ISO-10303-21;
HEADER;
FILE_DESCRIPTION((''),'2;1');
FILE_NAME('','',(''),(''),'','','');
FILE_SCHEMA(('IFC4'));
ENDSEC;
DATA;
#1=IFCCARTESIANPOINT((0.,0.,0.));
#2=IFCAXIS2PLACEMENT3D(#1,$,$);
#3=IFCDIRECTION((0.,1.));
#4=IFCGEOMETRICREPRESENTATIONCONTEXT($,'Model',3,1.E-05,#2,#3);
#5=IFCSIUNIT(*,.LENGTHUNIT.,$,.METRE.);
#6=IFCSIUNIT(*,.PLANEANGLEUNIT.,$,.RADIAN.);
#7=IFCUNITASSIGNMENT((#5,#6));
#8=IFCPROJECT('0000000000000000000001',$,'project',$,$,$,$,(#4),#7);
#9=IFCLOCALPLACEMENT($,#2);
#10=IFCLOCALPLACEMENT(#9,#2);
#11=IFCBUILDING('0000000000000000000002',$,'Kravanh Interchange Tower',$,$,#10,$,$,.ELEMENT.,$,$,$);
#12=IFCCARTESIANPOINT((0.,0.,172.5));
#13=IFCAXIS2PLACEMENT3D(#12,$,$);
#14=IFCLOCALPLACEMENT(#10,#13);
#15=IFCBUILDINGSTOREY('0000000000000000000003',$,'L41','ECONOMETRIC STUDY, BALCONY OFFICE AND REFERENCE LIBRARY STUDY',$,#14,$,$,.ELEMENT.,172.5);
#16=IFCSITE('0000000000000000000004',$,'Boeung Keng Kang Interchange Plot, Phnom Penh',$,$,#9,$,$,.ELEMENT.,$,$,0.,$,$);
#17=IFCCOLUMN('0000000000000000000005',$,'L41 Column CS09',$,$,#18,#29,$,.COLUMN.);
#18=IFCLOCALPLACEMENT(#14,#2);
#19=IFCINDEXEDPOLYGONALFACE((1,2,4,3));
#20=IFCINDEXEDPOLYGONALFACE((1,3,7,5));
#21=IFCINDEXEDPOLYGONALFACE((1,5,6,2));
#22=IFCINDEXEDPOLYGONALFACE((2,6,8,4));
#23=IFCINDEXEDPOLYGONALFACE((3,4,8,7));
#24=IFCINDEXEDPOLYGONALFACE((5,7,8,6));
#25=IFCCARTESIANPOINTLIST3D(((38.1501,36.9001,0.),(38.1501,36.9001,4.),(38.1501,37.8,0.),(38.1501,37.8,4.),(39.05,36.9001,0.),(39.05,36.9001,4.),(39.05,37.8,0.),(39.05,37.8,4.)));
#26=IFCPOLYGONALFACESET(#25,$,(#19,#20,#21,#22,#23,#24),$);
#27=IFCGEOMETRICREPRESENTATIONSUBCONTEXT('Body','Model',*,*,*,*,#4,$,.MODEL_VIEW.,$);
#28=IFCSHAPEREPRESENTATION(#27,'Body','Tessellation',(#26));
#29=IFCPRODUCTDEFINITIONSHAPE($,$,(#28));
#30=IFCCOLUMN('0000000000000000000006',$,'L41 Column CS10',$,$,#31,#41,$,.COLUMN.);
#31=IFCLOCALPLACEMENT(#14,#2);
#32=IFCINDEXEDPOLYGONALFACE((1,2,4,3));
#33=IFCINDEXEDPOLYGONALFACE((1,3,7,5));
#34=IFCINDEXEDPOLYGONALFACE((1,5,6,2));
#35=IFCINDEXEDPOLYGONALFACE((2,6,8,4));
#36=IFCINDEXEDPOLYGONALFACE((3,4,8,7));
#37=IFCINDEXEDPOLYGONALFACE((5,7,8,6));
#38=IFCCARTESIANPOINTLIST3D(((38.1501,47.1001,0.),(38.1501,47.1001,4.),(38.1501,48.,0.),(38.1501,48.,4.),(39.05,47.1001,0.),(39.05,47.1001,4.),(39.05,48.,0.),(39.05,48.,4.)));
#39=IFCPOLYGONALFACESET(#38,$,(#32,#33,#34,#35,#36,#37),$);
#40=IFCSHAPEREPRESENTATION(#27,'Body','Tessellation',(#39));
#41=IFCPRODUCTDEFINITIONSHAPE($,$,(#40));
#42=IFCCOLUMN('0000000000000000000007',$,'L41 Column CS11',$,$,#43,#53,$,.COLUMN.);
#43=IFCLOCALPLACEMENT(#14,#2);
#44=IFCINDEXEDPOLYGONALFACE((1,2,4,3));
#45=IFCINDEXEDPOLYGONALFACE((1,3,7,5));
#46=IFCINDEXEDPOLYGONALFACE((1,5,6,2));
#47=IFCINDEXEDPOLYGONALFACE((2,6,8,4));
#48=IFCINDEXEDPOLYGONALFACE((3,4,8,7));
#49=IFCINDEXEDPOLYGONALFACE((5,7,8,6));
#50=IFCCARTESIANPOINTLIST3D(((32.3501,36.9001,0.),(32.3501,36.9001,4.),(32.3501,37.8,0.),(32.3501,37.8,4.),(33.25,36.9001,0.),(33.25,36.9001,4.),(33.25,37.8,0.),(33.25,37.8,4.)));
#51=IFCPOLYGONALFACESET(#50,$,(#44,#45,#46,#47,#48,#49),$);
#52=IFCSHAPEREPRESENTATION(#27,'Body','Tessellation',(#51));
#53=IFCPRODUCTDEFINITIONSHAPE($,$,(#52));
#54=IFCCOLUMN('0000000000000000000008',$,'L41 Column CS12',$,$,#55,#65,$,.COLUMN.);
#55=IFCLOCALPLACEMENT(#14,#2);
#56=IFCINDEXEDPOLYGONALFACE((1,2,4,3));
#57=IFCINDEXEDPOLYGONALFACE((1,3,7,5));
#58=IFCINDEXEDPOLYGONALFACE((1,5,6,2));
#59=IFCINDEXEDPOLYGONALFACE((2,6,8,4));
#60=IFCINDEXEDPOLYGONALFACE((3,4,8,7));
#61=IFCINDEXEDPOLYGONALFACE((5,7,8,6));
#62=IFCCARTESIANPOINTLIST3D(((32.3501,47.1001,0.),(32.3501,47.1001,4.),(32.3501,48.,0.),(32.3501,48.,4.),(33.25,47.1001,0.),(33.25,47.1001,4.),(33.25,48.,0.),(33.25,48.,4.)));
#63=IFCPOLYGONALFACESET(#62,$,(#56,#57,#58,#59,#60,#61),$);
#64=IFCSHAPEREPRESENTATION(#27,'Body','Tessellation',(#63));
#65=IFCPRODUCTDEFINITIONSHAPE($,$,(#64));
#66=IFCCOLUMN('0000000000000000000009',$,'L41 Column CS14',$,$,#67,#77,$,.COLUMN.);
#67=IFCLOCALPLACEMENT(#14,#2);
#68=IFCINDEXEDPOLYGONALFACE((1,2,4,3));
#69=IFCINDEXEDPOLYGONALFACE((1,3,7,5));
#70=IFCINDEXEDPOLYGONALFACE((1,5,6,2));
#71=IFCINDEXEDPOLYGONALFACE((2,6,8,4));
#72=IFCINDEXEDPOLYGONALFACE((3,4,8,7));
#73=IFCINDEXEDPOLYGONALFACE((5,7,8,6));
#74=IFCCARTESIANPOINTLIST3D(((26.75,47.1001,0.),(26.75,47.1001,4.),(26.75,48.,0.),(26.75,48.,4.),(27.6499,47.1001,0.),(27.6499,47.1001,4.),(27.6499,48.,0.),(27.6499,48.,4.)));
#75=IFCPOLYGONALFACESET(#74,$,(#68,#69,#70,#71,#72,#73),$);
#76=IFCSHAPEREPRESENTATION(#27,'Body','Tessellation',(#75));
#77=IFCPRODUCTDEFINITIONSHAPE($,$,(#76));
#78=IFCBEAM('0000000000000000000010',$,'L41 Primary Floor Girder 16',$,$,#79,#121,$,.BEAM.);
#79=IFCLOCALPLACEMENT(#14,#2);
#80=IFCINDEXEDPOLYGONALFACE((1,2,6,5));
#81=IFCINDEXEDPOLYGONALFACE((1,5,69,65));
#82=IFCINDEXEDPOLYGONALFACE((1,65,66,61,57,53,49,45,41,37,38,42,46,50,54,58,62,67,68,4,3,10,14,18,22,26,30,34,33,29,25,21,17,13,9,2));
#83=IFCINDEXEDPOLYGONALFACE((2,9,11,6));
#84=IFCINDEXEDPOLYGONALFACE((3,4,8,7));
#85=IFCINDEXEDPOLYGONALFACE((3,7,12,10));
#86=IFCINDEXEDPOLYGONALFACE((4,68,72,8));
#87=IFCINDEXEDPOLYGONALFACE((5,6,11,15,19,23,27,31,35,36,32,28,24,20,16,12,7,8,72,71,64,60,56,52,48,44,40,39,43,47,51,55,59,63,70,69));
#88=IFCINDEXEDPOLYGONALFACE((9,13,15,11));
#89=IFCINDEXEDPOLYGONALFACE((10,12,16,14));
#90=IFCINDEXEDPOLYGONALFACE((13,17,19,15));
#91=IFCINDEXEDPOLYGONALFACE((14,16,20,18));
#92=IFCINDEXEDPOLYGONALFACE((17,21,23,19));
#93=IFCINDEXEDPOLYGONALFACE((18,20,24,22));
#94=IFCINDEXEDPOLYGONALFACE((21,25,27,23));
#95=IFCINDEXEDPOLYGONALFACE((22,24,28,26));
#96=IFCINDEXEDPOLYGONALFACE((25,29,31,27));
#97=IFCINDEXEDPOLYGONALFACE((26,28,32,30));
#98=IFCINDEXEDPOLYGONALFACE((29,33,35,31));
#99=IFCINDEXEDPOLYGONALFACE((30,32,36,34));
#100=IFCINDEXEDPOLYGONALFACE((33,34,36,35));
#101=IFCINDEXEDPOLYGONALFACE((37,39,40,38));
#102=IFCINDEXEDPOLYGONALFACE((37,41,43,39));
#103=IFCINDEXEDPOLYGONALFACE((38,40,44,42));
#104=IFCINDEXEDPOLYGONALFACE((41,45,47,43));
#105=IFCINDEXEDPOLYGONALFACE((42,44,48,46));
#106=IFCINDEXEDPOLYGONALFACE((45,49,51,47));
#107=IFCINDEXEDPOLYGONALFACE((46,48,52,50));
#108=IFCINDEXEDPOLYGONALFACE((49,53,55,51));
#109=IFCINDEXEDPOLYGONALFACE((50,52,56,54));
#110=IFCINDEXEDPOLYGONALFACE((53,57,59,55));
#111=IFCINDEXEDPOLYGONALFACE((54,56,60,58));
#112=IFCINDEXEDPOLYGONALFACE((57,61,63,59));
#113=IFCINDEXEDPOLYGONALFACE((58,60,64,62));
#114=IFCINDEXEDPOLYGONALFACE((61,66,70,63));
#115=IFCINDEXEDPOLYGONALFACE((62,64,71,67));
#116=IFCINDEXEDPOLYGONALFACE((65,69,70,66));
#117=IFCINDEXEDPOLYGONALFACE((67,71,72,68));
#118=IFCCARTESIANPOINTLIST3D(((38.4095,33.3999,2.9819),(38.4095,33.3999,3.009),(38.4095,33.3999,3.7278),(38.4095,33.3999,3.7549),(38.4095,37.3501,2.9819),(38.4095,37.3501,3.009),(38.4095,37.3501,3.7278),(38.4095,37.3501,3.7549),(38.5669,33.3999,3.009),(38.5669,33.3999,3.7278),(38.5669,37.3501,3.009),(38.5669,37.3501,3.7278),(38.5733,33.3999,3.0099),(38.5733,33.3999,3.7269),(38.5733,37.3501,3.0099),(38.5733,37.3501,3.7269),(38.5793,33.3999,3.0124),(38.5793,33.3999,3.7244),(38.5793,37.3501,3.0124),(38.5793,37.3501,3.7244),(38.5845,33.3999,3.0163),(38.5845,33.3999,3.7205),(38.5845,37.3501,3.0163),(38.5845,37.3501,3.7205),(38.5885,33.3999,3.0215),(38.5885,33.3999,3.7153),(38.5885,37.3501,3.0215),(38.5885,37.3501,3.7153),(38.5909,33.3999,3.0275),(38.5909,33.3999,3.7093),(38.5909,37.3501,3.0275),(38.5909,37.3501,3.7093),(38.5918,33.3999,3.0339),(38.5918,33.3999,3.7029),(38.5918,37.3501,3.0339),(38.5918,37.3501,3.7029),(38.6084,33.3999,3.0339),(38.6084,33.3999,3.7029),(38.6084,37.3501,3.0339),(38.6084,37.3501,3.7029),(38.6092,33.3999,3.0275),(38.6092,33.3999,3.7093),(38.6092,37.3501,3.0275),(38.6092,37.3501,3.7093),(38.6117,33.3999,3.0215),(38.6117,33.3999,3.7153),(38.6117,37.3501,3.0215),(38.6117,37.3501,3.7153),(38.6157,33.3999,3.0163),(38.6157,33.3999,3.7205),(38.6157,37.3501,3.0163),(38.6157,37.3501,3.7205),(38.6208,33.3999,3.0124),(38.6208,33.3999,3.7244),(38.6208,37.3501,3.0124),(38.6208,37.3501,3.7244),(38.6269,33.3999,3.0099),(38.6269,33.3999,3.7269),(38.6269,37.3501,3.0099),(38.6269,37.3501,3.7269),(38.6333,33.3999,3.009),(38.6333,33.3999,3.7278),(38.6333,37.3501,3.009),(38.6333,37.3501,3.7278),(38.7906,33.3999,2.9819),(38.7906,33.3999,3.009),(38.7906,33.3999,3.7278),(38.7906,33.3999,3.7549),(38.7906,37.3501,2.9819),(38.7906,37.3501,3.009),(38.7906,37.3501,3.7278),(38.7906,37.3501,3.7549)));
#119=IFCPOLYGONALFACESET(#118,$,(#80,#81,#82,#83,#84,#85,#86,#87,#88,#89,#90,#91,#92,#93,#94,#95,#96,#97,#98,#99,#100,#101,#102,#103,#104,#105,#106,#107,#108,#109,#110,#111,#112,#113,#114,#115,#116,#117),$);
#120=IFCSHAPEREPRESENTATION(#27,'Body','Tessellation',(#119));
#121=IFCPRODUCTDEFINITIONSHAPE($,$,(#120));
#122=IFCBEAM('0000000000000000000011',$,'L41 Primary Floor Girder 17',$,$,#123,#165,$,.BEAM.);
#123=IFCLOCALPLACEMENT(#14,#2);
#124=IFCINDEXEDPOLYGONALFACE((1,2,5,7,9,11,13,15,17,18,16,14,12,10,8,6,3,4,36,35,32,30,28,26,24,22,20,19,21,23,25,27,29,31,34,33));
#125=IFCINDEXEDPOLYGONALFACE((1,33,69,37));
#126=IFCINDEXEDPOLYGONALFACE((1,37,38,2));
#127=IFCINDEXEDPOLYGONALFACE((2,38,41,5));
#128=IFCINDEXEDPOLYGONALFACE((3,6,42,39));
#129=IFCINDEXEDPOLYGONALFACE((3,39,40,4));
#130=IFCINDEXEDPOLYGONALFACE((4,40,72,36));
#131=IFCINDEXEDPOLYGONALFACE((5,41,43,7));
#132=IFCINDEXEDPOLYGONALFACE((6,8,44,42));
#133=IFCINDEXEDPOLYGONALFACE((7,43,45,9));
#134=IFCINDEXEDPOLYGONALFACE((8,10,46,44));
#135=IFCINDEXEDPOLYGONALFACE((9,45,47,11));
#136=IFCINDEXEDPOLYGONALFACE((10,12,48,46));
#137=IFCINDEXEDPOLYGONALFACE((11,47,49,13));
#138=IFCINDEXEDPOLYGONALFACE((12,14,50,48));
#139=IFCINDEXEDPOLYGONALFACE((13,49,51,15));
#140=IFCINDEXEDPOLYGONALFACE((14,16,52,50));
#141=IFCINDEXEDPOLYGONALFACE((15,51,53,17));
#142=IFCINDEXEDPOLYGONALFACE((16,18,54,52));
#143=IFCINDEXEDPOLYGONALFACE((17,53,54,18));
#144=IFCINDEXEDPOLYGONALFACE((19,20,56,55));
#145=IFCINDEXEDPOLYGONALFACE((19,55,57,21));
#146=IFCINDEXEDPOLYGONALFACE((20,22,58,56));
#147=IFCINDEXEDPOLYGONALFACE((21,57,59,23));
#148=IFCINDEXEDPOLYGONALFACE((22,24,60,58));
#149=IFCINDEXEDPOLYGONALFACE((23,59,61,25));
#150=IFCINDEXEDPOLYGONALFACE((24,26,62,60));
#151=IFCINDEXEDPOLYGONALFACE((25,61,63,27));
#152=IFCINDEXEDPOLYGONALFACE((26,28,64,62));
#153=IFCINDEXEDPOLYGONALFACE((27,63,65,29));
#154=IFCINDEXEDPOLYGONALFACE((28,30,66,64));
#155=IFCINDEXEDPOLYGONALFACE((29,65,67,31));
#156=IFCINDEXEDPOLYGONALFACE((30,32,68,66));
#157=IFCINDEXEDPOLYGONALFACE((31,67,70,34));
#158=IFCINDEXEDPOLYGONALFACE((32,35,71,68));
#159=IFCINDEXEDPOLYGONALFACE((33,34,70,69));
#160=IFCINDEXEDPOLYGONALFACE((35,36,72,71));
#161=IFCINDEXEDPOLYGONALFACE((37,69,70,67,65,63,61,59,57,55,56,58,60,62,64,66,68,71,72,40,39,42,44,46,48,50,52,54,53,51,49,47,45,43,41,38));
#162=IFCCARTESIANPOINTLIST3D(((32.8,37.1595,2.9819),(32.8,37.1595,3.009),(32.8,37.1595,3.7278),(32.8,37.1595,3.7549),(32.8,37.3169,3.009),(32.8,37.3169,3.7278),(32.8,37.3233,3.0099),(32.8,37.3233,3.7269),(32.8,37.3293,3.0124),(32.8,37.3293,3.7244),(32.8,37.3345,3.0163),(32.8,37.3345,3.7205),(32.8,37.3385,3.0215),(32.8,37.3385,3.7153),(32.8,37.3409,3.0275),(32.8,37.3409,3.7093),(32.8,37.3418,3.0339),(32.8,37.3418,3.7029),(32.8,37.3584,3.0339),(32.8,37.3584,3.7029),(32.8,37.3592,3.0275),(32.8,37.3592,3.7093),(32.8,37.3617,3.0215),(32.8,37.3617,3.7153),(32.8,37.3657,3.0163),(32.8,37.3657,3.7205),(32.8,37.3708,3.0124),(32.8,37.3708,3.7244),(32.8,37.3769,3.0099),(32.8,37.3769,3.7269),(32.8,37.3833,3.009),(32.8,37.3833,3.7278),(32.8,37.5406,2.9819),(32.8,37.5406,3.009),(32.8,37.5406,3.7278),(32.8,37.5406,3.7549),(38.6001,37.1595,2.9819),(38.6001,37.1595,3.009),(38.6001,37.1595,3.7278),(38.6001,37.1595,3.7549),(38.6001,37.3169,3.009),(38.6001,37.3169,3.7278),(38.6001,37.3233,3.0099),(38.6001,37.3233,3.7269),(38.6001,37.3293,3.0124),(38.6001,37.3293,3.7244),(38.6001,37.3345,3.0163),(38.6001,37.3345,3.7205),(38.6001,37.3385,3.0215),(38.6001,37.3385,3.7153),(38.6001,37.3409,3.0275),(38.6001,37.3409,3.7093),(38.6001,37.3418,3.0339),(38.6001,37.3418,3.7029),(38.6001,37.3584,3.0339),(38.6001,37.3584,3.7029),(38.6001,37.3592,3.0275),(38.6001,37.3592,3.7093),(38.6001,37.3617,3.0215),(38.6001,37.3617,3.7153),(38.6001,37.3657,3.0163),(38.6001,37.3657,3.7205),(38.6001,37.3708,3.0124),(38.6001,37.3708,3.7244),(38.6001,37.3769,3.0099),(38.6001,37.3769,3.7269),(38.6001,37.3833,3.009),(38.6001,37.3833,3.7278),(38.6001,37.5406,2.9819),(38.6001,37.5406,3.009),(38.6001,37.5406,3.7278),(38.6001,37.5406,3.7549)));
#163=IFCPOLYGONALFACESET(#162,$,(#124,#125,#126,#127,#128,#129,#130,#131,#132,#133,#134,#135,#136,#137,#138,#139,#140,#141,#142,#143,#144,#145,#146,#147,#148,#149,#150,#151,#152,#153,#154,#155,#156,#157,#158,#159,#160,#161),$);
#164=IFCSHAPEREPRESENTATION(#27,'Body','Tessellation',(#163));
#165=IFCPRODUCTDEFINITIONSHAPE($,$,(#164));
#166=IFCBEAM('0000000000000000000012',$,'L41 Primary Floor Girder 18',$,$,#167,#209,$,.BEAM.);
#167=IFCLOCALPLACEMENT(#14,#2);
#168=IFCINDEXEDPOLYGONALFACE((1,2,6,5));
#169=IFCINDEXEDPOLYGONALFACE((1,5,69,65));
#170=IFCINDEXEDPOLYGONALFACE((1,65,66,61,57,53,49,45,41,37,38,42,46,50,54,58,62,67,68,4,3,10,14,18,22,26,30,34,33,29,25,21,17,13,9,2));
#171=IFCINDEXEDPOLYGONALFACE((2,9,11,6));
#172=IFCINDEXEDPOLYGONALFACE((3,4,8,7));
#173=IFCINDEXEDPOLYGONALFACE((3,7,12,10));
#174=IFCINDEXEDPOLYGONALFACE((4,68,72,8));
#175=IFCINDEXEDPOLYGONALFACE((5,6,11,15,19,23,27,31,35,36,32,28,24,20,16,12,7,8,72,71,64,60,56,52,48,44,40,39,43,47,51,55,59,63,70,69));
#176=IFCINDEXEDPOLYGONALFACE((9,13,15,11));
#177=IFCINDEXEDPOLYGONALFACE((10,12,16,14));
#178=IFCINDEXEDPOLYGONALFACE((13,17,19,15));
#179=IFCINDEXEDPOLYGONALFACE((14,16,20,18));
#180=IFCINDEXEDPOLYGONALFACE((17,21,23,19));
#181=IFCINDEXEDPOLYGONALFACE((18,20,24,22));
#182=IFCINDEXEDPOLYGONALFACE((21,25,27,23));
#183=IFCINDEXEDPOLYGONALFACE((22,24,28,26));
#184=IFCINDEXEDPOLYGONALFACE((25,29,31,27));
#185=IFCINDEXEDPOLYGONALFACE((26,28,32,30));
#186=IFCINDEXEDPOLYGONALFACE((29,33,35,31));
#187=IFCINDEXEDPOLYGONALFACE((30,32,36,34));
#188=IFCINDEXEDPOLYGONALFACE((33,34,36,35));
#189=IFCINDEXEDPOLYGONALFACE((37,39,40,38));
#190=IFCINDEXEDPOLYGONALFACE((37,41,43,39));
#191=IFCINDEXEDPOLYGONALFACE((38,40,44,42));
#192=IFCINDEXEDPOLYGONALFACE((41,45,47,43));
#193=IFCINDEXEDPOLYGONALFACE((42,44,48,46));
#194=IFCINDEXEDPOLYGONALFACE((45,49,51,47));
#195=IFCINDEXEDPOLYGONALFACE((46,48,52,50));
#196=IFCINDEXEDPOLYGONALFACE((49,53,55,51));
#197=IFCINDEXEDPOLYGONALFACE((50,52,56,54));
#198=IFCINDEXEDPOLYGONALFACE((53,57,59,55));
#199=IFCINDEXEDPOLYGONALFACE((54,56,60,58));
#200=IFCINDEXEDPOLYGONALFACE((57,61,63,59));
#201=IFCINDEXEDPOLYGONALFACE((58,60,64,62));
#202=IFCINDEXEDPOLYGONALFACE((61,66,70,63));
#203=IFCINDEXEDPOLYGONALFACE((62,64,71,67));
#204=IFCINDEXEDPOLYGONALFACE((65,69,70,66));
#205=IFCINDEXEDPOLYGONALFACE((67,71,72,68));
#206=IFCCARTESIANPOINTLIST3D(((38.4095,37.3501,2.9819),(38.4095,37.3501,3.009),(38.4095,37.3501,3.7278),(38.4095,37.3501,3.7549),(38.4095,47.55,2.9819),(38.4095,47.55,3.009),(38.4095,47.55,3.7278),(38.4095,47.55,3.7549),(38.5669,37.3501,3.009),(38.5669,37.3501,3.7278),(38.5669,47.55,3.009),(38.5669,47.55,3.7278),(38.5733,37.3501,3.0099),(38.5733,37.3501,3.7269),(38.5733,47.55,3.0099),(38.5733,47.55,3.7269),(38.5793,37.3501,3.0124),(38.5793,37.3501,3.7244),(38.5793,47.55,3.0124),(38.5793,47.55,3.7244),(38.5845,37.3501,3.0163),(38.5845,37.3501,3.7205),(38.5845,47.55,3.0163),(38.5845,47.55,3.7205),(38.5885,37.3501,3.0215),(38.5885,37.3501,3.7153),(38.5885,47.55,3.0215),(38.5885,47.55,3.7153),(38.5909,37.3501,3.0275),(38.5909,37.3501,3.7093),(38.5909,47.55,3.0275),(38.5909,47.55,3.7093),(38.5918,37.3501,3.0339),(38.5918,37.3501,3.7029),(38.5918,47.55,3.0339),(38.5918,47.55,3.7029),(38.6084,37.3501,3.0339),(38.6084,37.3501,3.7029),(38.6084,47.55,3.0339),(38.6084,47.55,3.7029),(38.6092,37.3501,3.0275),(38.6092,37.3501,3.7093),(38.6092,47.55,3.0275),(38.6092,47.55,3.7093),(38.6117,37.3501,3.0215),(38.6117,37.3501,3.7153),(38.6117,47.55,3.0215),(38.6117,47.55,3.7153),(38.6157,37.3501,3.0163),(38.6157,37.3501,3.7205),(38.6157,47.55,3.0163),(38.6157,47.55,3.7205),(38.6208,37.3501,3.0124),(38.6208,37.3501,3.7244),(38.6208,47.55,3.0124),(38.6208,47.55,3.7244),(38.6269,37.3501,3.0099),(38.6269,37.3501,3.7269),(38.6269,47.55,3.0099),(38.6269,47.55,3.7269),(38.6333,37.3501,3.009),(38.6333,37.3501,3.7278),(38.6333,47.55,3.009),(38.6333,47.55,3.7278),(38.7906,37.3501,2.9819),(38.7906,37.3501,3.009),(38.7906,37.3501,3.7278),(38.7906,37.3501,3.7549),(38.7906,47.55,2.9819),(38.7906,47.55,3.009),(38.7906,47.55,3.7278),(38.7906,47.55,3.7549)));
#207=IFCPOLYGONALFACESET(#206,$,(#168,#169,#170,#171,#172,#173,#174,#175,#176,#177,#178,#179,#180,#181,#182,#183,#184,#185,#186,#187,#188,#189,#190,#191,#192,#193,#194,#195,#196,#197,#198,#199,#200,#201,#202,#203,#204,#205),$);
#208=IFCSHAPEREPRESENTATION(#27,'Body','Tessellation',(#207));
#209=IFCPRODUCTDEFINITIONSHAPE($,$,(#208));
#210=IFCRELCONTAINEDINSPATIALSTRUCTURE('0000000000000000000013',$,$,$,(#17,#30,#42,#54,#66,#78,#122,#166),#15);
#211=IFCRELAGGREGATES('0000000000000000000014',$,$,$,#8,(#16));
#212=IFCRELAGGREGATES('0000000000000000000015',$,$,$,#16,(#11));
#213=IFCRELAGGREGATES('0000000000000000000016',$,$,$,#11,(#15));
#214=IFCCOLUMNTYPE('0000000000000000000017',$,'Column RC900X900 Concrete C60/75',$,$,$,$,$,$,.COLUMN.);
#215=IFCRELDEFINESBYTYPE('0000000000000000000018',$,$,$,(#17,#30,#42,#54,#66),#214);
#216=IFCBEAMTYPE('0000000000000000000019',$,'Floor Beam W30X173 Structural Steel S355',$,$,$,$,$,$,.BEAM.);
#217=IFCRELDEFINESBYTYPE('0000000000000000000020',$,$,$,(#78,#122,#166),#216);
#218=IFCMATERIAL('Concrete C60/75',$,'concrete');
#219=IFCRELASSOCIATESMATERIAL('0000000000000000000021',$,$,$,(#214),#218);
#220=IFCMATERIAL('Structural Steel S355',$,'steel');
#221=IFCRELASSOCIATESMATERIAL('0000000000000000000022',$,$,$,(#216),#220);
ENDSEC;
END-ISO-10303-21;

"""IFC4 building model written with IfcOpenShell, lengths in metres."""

from ifc_helpers import new_model, si_unit, direction, frame, origin, origin_2d, place, context, subcontext, project, spatial, rectangle, i_section, extrude, material, material_profile, profile_set, type_object, element, save


model = new_model("IFC4")

# Units and contexts
model_context = context("Model", 3, precision=1e-05, world=origin(), true_north=direction((0.0, 1.0)))
body_context = subcontext(model_context, "Body", "Model", "MODEL_VIEW")
ifc_project = project(units=[si_unit("LENGTHUNIT", "METRE"), si_unit("PLANEANGLEUNIT", "RADIAN")], contexts=[model_context])

# Site, building, storey
site_placement = place(None, origin())
site = spatial("IfcSite", under=ifc_project, at=site_placement, Name="Boeung Keng Kang Interchange Plot, Phnom Penh", CompositionType="ELEMENT", RefElevation=0.0)
building_placement = place(site_placement, origin())
building = spatial("IfcBuilding", under=site, at=building_placement, Name="Kravanh Interchange Tower", CompositionType="ELEMENT")
storey_placement = place(building_placement, frame((0.0, 0.0, 172.5)))
storey = spatial("IfcBuildingStorey", under=building, at=storey_placement, Name="L41", Description="ECONOMETRIC STUDY, BALCONY OFFICE AND REFERENCE LIBRARY STUDY", CompositionType="ELEMENT", Elevation=172.5)

# Columns
ifc_material_1 = material(Name="Concrete C60/75", Category="concrete")
ifc_material_profile_1 = material_profile(ifc_material_1, rectangle(XDim=0.8999, YDim=0.8999, at=origin_2d()), Name="RC900X900")
ifc_profile_set_1 = profile_set([ifc_material_profile_1], Name="Concrete C60/75")
column_type = type_object("IfcColumnType", Name="Column RC900X900 Concrete C60/75", PredefinedType="COLUMN", material=ifc_profile_set_1)
for number, where, z_axis, x_axis, name in (
    (1, (38.6001, 37.3501, 0.0), (0.0, 0.0, 1.0), (1.0, 0.0, 0.0), "L41 Column CS09"),
    (2, (38.6001, 47.55, 0.0), (0.0, 0.0, 1.0), (1.0, 0.0, 0.0), "L41 Column CS10"),
    (3, (32.8, 37.3501, 0.0), (0.0, 0.0, 1.0), (1.0, 0.0, 0.0), "L41 Column CS11"),
    (4, (32.8, 47.55, 0.0), (0.0, 0.0, 1.0), (1.0, 0.0, 0.0), "L41 Column CS12"),
    (5, (27.2, 47.55, 0.0), (0.0, 0.0, 1.0), (1.0, 0.0, 0.0), "L41 Column CS14"),
):
    element("IfcColumn", number, at=place(storey_placement, frame(where, z_axis=z_axis, x_axis=x_axis)), inside=storey, type_object=column_type, Name=name, PredefinedType="COLUMN", context=body_context, shape_type="SweptSolid", body=[
        extrude(rectangle(XDim=0.8999, YDim=0.8999, at=origin_2d()), origin(), (0.0, 0.0, 1.0), 4.0),
    ])

# Beams
ifc_material_2 = material(Name="Structural Steel S355", Category="steel")
ifc_material_profile_2 = material_profile(ifc_material_2, i_section(OverallWidth=0.3811, OverallDepth=0.7729, WebThickness=0.0166, FlangeThickness=0.0271, FilletRadius=0.0249, at=origin_2d()), Name="W30X173")
ifc_profile_set_2 = profile_set([ifc_material_profile_2], Name="Structural Steel S355")
beam_type = type_object("IfcBeamType", Name="Floor Beam W30X173 Structural Steel S355", PredefinedType="BEAM", material=ifc_profile_set_2)
beam_1_placement = place(storey_placement, frame((38.6001, 37.3501, 3.3684), z_axis=(0.0, -1.0, 0.0), x_axis=(1.0, 0.0, 0.0)))
element("IfcBeam", 6, at=beam_1_placement, inside=storey, type_object=beam_type, Name="L41 Primary Floor Girder 16", PredefinedType="BEAM", context=body_context, shape_type="SweptSolid", body=[
    extrude(i_section(OverallWidth=0.3811, OverallDepth=0.7729, WebThickness=0.0166, FlangeThickness=0.0271, FilletRadius=0.0249, at=origin_2d()), origin(), (0.0, 0.0, 1.0), 3.9502),
])
beam_2_placement = place(storey_placement, frame((38.6001, 37.3501, 3.3684), z_axis=(-1.0, 0.0, 0.0), x_axis=(0.0, -1.0, 0.0)))
element("IfcBeam", 7, at=beam_2_placement, inside=storey, type_object=beam_type, Name="L41 Primary Floor Girder 17", PredefinedType="BEAM", context=body_context, shape_type="SweptSolid", body=[
    extrude(i_section(OverallWidth=0.3811, OverallDepth=0.7729, WebThickness=0.0166, FlangeThickness=0.0271, FilletRadius=0.0249, at=origin_2d()), origin(), (0.0, 0.0, 1.0), 5.8),
])
beam_3_placement = place(storey_placement, frame((38.6001, 37.3501, 3.3684), z_axis=(0.0, 1.0, 0.0), x_axis=(-1.0, 0.0, 0.0)))
element("IfcBeam", 8, at=beam_3_placement, inside=storey, type_object=beam_type, Name="L41 Primary Floor Girder 18", PredefinedType="BEAM", context=body_context, shape_type="SweptSolid", body=[
    extrude(i_section(OverallWidth=0.3811, OverallDepth=0.7729, WebThickness=0.0166, FlangeThickness=0.0271, FilletRadius=0.0249, at=origin_2d()), origin(), (0.0, 0.0, 1.0), 10.2),
])

save(model, "model.ifc")
